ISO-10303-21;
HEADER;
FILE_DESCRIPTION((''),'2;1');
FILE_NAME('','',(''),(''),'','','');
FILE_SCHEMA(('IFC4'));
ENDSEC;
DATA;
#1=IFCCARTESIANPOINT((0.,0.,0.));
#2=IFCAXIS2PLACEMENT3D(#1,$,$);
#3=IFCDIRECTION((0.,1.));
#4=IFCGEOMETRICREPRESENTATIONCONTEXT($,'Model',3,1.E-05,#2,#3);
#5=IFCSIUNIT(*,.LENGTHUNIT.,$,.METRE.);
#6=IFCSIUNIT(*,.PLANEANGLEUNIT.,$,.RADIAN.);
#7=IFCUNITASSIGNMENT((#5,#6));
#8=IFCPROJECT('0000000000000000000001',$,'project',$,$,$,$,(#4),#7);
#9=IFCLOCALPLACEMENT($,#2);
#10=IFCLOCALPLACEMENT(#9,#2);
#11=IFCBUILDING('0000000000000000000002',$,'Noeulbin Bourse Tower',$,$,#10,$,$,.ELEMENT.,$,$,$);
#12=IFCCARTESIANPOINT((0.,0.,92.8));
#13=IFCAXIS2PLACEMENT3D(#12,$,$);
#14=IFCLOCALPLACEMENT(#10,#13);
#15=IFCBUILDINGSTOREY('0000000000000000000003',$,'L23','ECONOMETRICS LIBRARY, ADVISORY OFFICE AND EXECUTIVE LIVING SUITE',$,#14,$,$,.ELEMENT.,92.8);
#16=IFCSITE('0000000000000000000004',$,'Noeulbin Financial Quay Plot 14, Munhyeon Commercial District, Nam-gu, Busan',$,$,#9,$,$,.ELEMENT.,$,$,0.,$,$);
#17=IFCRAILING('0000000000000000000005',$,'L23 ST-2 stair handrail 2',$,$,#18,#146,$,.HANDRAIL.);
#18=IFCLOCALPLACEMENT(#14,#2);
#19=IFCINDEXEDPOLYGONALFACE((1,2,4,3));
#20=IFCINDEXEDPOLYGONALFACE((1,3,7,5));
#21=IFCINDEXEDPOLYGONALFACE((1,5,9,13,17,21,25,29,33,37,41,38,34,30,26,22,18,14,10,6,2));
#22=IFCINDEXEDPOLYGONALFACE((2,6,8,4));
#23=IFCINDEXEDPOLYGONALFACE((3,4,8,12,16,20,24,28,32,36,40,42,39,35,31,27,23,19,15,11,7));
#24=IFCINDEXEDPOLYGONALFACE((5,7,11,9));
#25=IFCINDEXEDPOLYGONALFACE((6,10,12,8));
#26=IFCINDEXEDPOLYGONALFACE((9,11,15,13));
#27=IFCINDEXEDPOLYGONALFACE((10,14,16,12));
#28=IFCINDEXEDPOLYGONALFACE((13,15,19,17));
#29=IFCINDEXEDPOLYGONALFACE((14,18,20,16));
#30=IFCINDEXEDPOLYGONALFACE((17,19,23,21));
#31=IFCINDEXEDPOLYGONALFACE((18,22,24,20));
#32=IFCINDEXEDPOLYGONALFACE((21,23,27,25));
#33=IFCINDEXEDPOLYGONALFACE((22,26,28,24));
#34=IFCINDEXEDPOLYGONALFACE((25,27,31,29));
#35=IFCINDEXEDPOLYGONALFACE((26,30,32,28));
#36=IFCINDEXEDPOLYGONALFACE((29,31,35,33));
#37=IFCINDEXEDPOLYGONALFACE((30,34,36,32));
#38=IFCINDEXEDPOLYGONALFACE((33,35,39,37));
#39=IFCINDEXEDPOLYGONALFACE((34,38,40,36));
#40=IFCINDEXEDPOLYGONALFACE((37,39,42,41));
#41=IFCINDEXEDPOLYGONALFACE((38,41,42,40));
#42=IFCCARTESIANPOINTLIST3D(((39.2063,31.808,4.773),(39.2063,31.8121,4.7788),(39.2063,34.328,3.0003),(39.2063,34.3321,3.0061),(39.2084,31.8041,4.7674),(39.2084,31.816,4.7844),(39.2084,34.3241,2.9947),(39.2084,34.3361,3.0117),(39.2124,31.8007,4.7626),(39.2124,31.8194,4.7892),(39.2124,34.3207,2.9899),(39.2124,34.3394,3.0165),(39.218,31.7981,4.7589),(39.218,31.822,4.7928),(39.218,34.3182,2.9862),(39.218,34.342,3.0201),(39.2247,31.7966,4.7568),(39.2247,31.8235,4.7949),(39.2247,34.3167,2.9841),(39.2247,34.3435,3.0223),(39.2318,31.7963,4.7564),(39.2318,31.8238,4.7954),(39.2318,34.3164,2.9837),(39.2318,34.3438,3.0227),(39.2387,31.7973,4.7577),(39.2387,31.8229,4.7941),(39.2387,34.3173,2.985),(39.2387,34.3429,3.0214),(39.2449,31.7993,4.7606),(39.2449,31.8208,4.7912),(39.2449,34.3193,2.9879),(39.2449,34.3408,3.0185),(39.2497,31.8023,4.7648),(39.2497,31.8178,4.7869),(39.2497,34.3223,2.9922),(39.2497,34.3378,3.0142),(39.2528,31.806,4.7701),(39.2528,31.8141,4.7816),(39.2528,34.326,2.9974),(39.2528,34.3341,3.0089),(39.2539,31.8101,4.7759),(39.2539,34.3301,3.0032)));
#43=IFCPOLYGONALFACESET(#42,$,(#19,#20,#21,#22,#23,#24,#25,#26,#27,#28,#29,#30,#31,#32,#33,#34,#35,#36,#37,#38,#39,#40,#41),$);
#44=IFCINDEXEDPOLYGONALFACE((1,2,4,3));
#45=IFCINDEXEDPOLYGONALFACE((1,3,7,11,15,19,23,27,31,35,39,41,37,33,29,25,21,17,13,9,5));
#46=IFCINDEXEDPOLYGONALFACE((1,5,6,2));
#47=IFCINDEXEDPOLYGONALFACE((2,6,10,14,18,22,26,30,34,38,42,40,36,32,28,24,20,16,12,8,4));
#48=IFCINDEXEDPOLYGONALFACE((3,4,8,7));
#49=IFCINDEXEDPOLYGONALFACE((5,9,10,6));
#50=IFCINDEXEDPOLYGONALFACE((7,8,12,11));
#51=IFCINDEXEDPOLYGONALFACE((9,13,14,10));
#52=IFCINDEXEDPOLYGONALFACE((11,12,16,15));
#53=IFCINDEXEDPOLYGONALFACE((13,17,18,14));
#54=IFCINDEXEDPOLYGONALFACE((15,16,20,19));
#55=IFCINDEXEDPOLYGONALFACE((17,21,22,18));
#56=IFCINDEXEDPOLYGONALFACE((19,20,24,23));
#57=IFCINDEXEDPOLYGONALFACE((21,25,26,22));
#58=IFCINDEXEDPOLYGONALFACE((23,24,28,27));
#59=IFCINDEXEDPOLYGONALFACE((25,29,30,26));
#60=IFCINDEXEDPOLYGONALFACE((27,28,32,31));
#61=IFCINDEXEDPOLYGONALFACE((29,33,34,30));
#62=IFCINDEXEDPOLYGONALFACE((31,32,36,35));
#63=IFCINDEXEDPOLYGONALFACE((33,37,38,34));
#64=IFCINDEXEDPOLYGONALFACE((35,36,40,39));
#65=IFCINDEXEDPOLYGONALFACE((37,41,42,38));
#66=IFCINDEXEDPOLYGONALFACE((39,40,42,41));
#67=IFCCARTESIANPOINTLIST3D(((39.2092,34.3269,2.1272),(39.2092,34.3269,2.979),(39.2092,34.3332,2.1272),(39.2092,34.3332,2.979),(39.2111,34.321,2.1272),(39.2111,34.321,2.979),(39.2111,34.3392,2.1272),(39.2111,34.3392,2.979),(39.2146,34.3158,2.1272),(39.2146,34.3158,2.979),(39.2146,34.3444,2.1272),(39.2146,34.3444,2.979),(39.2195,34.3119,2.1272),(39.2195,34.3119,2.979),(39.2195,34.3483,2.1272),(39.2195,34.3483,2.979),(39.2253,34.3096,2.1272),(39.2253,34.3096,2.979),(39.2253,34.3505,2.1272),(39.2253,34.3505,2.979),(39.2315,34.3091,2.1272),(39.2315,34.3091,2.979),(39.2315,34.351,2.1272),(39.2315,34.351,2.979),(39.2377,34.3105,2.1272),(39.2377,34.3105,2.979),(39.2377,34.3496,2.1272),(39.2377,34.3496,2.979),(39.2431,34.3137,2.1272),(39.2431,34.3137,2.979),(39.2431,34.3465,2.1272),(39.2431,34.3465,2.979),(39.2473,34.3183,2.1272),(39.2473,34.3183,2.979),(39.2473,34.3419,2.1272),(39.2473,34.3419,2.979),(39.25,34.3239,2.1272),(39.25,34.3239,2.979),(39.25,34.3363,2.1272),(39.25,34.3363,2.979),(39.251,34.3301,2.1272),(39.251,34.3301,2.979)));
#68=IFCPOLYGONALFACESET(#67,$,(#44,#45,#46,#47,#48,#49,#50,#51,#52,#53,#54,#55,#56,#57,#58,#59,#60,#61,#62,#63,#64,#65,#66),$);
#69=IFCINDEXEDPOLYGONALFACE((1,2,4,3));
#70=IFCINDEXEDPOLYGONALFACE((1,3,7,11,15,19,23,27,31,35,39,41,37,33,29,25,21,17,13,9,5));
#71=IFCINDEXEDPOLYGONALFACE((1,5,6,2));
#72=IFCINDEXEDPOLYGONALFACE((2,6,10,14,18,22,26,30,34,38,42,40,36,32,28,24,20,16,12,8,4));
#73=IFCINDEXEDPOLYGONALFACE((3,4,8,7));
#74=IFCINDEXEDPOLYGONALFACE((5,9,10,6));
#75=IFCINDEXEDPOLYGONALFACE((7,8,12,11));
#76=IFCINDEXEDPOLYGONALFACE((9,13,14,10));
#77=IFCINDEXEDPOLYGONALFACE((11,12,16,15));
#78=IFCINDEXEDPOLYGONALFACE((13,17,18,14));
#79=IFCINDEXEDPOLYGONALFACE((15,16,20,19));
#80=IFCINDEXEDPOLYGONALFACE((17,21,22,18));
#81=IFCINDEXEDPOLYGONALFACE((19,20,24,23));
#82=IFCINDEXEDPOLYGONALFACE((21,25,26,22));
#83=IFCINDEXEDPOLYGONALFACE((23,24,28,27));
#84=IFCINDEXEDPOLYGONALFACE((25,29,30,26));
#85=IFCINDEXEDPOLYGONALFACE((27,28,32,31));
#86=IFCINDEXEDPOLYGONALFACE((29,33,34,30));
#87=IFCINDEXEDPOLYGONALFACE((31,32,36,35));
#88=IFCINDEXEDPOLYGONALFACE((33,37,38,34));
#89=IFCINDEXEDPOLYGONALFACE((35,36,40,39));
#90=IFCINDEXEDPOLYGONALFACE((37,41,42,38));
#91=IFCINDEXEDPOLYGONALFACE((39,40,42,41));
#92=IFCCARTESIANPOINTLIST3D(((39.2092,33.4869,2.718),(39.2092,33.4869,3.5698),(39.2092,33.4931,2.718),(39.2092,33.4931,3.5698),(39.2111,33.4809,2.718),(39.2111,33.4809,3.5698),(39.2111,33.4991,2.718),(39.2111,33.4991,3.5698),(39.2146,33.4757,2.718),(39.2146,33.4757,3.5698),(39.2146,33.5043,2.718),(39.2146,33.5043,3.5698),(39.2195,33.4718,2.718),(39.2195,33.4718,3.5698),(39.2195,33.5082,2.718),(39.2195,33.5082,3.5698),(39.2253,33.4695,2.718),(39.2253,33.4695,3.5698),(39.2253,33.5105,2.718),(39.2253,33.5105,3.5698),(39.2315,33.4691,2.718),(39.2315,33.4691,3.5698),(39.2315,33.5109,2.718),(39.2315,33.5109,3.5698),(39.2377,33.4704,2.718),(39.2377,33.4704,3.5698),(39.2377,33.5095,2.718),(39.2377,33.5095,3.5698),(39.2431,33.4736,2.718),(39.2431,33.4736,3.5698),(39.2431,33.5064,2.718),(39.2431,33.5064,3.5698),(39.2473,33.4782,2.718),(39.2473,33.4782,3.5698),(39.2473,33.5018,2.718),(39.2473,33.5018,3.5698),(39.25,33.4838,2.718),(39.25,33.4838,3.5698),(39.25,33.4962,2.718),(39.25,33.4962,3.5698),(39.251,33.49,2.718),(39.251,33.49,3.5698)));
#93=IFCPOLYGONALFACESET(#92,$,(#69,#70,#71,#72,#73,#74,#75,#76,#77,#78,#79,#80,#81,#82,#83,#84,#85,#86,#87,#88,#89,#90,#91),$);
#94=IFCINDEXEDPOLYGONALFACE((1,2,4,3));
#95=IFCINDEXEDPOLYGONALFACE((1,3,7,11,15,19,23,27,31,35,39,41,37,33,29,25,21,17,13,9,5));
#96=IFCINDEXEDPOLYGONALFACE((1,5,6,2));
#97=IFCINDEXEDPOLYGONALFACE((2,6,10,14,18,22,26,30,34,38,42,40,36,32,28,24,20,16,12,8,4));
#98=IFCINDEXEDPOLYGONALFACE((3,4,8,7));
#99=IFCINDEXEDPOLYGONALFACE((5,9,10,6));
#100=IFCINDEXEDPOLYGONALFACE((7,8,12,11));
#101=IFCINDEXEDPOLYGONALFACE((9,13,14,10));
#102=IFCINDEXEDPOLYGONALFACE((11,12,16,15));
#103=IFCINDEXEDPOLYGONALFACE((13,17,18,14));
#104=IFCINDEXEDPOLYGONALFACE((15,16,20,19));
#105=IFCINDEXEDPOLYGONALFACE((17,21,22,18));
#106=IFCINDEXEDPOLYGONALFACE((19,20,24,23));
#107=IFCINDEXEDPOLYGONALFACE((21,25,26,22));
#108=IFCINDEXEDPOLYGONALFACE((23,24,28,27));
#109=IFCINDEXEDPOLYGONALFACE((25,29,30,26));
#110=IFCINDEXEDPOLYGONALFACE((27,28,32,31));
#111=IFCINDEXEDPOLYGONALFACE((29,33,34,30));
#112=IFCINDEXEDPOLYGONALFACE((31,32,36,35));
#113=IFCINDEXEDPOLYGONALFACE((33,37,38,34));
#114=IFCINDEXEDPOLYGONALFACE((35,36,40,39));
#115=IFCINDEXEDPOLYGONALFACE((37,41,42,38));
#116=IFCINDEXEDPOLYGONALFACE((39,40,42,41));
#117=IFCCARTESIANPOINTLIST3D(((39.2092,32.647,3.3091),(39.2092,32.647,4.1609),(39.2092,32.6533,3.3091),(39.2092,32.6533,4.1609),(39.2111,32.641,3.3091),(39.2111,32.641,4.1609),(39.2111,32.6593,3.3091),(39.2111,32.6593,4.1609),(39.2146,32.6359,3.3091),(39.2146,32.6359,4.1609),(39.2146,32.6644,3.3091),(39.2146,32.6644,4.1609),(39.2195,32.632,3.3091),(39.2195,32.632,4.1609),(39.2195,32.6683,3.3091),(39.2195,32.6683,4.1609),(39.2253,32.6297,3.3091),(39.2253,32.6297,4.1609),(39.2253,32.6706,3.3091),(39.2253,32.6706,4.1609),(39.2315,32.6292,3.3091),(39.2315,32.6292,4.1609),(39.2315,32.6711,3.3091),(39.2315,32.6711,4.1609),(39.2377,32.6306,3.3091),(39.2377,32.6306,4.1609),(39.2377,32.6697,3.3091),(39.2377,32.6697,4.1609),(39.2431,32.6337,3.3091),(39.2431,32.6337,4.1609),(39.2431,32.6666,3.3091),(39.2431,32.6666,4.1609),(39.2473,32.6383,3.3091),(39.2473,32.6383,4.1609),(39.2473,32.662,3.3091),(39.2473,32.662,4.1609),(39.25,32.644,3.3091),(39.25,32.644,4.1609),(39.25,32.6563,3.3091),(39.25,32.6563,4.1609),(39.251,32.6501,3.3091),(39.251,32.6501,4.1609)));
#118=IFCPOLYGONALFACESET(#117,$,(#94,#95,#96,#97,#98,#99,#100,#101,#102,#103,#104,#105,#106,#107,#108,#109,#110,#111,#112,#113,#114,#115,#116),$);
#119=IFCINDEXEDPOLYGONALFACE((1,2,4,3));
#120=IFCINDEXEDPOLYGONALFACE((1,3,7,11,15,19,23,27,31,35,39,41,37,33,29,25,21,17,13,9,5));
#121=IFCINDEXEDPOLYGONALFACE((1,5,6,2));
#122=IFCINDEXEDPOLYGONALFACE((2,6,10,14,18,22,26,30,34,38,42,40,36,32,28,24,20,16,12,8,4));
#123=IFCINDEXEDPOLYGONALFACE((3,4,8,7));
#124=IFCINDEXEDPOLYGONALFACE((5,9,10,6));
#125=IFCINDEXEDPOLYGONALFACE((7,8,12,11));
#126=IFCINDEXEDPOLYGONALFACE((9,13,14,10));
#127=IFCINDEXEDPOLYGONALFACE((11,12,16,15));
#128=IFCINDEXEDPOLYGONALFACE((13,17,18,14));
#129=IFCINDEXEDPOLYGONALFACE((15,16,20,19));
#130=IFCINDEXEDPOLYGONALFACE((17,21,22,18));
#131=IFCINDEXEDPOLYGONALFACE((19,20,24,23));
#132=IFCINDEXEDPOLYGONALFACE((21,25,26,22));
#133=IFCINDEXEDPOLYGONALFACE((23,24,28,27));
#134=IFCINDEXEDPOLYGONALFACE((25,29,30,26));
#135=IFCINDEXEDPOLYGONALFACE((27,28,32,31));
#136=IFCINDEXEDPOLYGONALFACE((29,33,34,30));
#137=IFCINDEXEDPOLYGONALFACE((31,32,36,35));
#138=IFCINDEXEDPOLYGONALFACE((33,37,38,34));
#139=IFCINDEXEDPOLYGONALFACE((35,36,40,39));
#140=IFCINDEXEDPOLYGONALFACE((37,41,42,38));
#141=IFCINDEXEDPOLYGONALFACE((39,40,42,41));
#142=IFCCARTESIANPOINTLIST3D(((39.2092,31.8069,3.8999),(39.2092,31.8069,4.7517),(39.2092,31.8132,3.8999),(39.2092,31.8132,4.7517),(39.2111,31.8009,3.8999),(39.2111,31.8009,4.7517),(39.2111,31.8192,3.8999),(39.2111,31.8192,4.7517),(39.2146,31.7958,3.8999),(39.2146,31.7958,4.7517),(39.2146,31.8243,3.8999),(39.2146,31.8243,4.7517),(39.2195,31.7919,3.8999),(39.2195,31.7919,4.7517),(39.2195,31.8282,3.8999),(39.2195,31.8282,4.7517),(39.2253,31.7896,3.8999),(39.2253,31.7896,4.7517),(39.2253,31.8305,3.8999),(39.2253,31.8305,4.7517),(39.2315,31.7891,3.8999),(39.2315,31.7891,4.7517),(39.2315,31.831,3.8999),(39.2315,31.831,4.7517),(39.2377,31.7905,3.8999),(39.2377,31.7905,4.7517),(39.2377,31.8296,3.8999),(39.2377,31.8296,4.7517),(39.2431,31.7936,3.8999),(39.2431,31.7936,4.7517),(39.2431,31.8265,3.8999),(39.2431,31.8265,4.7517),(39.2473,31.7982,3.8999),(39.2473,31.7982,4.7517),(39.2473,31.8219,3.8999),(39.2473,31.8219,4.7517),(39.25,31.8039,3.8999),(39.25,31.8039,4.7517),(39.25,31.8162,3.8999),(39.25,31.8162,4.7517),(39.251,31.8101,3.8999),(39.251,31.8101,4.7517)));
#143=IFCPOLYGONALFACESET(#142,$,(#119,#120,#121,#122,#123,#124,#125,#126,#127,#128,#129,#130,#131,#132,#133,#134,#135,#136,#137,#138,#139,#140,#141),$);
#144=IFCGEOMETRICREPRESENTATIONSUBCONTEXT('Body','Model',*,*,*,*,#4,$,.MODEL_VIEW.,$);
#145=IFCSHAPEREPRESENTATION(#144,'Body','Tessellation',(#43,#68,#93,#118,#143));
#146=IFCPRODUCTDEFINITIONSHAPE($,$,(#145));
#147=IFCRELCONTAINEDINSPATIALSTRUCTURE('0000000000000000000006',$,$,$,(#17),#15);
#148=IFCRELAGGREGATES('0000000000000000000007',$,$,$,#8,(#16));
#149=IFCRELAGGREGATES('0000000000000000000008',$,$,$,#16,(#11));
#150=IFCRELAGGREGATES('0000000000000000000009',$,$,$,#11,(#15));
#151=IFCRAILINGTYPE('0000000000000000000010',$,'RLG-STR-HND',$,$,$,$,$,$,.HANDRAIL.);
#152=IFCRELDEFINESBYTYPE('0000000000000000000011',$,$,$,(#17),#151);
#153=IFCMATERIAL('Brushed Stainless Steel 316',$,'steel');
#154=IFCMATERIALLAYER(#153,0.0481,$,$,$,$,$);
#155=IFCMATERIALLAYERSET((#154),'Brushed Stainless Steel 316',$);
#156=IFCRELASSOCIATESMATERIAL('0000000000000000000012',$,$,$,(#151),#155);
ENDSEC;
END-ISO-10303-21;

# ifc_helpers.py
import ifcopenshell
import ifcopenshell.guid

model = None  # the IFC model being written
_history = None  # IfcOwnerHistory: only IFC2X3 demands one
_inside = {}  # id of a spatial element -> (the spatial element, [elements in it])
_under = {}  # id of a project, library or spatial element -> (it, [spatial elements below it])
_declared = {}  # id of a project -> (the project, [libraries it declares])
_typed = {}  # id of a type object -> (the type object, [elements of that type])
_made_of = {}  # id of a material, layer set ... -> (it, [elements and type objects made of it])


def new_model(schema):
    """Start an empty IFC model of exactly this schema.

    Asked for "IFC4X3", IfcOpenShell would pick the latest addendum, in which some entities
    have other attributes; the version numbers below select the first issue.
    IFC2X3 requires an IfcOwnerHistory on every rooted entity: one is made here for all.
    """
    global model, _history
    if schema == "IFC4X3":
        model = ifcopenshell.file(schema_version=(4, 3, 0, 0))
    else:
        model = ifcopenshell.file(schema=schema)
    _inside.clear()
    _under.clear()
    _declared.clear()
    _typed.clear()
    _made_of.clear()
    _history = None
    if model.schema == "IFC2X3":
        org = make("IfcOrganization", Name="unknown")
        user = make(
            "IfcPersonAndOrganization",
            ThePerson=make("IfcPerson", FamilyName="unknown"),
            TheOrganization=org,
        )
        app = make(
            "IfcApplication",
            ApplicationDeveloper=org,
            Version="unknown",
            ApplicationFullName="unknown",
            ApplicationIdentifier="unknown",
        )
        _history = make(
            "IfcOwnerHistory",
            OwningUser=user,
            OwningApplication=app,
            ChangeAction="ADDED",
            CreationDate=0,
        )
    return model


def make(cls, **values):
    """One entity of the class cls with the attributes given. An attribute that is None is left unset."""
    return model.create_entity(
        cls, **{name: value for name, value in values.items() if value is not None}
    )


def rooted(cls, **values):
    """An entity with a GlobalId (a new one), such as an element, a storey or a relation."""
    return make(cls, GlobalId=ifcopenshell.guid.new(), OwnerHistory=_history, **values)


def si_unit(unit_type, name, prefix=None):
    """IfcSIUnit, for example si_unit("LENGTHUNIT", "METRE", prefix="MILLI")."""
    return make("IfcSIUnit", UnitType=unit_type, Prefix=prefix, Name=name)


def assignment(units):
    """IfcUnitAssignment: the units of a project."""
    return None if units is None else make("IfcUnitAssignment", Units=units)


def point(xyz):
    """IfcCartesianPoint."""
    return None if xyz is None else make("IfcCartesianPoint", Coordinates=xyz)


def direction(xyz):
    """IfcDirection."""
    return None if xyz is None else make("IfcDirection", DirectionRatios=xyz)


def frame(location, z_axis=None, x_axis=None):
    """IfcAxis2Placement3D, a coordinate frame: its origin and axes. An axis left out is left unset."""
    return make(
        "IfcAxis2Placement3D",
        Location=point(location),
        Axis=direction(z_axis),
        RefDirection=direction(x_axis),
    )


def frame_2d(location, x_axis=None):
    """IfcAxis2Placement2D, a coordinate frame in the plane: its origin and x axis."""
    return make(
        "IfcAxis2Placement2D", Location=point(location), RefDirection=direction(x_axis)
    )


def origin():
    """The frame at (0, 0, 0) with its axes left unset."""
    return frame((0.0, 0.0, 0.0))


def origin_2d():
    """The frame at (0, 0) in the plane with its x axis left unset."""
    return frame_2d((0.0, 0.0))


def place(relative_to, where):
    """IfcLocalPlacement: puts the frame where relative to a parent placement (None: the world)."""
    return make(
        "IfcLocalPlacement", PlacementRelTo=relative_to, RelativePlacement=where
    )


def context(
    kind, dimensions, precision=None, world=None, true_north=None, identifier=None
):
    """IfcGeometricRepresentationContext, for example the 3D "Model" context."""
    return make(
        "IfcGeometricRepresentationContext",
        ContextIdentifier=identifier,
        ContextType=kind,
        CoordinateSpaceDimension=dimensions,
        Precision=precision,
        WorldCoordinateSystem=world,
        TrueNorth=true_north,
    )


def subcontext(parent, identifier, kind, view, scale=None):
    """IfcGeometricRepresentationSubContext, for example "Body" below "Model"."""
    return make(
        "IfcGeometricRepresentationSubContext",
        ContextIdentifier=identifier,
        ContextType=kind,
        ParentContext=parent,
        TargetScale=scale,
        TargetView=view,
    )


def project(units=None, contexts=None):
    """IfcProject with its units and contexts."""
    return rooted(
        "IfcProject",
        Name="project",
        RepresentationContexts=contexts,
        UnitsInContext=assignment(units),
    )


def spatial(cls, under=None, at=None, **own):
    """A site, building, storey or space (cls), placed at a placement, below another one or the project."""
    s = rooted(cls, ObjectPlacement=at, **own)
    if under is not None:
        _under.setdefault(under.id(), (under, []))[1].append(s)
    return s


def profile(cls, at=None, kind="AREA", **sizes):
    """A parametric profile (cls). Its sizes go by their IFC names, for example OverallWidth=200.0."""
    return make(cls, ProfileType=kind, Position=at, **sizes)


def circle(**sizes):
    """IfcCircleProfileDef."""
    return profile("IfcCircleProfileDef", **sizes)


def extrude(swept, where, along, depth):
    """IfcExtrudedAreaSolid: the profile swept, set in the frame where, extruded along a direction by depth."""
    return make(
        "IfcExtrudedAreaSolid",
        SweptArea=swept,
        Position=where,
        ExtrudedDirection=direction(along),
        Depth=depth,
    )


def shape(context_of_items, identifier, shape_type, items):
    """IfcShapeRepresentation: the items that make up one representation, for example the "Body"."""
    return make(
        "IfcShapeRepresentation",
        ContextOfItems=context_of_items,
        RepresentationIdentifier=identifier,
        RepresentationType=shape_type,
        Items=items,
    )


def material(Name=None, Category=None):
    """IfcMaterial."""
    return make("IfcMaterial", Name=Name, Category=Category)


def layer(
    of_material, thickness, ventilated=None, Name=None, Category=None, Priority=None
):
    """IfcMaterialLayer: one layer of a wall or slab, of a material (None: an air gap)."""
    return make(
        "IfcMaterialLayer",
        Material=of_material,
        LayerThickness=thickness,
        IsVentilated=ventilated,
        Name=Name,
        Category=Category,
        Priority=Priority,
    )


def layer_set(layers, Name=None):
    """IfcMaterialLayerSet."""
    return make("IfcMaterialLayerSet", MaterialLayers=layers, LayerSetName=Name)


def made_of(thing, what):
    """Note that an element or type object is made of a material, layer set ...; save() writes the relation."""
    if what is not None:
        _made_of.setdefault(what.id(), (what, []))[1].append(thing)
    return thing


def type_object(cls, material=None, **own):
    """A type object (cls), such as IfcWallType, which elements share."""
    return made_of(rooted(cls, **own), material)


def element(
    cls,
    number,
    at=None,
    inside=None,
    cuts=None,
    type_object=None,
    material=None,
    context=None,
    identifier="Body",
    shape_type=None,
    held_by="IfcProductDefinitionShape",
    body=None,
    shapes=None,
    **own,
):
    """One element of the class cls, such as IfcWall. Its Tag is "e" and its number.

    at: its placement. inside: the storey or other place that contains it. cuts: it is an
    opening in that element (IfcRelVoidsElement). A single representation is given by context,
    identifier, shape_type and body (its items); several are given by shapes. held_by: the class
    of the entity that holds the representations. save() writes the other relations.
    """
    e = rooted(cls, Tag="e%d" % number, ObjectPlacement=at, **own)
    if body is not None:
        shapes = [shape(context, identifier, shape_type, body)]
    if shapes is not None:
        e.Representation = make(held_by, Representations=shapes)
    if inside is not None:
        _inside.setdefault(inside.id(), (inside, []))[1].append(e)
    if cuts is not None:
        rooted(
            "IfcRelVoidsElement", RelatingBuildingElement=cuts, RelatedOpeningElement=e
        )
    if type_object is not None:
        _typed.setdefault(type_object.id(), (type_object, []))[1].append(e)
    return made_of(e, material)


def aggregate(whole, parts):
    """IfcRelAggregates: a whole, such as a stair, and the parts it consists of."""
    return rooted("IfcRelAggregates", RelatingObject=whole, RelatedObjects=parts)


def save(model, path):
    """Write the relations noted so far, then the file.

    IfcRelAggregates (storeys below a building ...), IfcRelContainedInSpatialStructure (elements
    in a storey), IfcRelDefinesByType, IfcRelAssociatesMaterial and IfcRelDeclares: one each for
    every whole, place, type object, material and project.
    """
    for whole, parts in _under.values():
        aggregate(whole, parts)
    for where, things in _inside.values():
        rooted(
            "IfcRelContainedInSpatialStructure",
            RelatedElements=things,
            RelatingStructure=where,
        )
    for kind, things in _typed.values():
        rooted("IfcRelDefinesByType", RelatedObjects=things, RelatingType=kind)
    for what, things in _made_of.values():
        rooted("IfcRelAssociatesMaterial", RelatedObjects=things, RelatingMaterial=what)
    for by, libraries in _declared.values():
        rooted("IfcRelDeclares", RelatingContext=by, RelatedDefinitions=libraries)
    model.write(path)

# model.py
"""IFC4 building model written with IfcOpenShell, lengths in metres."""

from ifc_helpers import new_model, si_unit, direction, frame, origin, origin_2d, place, context, subcontext, project, spatial, circle, extrude, material, layer, layer_set, type_object, element, save


model = new_model("IFC4")

# Units and contexts
model_context = context("Model", 3, precision=1e-05, world=origin(), true_north=direction((0.0, 1.0)))
body_context = subcontext(model_context, "Body", "Model", "MODEL_VIEW")
ifc_project = project(units=[si_unit("LENGTHUNIT", "METRE"), si_unit("PLANEANGLEUNIT", "RADIAN")], contexts=[model_context])

# Site, building, storey
site_placement = place(None, origin())
site = spatial("IfcSite", under=ifc_project, at=site_placement, Name="Noeulbin Financial Quay Plot 14, Munhyeon Commercial District, Nam-gu, Busan", CompositionType="ELEMENT", RefElevation=0.0)
building_placement = place(site_placement, origin())
building = spatial("IfcBuilding", under=site, at=building_placement, Name="Noeulbin Bourse Tower", CompositionType="ELEMENT")
storey_placement = place(building_placement, frame((0.0, 0.0, 92.8)))
storey = spatial("IfcBuildingStorey", under=building, at=storey_placement, Name="L23", Description="ECONOMETRICS LIBRARY, ADVISORY OFFICE AND EXECUTIVE LIVING SUITE", CompositionType="ELEMENT", Elevation=92.8)

# Shared definitions
ifc_material_1 = material(Name="Brushed Stainless Steel 316", Category="steel")

# Railing
ifc_layer_1 = layer(ifc_material_1, 0.0481)
ifc_layer_set_1 = layer_set([ifc_layer_1], Name="Brushed Stainless Steel 316")
railing_type = type_object("IfcRailingType", Name="RLG-STR-HND", PredefinedType="HANDRAIL", material=ifc_layer_set_1)
railing_placement = place(storey_placement, frame((39.23, 34.3301, 2.1272)))
element("IfcRailing", 1, at=railing_placement, inside=storey, type_object=railing_type, Name="L23 ST-2 stair handrail 2", PredefinedType="HANDRAIL", context=body_context, shape_type="SweptSolid", body=[
    extrude(circle(Radius=0.0239, at=origin_2d()), frame((0.0, 0.0, 0.876), z_axis=(0.0, -0.817904, 0.575354), x_axis=(1.0, 0.0, 0.0)), (0.0, 0.0, 1.0), 3.0811),
    extrude(circle(Radius=0.021, at=origin_2d()), origin(), (0.0, 0.0, 1.0), 0.8518),
    extrude(circle(Radius=0.021, at=origin_2d()), frame((0.0, -0.8401, 0.5908)), (0.0, 0.0, 1.0), 0.8518),
    extrude(circle(Radius=0.021, at=origin_2d()), frame((0.0, -1.6799, 1.1819)), (0.0, 0.0, 1.0), 0.8518),
    extrude(circle(Radius=0.021, at=origin_2d()), frame((0.0, -2.52, 1.7727)), (0.0, 0.0, 1.0), 0.8518),
])

save(model, "model.ifc")
